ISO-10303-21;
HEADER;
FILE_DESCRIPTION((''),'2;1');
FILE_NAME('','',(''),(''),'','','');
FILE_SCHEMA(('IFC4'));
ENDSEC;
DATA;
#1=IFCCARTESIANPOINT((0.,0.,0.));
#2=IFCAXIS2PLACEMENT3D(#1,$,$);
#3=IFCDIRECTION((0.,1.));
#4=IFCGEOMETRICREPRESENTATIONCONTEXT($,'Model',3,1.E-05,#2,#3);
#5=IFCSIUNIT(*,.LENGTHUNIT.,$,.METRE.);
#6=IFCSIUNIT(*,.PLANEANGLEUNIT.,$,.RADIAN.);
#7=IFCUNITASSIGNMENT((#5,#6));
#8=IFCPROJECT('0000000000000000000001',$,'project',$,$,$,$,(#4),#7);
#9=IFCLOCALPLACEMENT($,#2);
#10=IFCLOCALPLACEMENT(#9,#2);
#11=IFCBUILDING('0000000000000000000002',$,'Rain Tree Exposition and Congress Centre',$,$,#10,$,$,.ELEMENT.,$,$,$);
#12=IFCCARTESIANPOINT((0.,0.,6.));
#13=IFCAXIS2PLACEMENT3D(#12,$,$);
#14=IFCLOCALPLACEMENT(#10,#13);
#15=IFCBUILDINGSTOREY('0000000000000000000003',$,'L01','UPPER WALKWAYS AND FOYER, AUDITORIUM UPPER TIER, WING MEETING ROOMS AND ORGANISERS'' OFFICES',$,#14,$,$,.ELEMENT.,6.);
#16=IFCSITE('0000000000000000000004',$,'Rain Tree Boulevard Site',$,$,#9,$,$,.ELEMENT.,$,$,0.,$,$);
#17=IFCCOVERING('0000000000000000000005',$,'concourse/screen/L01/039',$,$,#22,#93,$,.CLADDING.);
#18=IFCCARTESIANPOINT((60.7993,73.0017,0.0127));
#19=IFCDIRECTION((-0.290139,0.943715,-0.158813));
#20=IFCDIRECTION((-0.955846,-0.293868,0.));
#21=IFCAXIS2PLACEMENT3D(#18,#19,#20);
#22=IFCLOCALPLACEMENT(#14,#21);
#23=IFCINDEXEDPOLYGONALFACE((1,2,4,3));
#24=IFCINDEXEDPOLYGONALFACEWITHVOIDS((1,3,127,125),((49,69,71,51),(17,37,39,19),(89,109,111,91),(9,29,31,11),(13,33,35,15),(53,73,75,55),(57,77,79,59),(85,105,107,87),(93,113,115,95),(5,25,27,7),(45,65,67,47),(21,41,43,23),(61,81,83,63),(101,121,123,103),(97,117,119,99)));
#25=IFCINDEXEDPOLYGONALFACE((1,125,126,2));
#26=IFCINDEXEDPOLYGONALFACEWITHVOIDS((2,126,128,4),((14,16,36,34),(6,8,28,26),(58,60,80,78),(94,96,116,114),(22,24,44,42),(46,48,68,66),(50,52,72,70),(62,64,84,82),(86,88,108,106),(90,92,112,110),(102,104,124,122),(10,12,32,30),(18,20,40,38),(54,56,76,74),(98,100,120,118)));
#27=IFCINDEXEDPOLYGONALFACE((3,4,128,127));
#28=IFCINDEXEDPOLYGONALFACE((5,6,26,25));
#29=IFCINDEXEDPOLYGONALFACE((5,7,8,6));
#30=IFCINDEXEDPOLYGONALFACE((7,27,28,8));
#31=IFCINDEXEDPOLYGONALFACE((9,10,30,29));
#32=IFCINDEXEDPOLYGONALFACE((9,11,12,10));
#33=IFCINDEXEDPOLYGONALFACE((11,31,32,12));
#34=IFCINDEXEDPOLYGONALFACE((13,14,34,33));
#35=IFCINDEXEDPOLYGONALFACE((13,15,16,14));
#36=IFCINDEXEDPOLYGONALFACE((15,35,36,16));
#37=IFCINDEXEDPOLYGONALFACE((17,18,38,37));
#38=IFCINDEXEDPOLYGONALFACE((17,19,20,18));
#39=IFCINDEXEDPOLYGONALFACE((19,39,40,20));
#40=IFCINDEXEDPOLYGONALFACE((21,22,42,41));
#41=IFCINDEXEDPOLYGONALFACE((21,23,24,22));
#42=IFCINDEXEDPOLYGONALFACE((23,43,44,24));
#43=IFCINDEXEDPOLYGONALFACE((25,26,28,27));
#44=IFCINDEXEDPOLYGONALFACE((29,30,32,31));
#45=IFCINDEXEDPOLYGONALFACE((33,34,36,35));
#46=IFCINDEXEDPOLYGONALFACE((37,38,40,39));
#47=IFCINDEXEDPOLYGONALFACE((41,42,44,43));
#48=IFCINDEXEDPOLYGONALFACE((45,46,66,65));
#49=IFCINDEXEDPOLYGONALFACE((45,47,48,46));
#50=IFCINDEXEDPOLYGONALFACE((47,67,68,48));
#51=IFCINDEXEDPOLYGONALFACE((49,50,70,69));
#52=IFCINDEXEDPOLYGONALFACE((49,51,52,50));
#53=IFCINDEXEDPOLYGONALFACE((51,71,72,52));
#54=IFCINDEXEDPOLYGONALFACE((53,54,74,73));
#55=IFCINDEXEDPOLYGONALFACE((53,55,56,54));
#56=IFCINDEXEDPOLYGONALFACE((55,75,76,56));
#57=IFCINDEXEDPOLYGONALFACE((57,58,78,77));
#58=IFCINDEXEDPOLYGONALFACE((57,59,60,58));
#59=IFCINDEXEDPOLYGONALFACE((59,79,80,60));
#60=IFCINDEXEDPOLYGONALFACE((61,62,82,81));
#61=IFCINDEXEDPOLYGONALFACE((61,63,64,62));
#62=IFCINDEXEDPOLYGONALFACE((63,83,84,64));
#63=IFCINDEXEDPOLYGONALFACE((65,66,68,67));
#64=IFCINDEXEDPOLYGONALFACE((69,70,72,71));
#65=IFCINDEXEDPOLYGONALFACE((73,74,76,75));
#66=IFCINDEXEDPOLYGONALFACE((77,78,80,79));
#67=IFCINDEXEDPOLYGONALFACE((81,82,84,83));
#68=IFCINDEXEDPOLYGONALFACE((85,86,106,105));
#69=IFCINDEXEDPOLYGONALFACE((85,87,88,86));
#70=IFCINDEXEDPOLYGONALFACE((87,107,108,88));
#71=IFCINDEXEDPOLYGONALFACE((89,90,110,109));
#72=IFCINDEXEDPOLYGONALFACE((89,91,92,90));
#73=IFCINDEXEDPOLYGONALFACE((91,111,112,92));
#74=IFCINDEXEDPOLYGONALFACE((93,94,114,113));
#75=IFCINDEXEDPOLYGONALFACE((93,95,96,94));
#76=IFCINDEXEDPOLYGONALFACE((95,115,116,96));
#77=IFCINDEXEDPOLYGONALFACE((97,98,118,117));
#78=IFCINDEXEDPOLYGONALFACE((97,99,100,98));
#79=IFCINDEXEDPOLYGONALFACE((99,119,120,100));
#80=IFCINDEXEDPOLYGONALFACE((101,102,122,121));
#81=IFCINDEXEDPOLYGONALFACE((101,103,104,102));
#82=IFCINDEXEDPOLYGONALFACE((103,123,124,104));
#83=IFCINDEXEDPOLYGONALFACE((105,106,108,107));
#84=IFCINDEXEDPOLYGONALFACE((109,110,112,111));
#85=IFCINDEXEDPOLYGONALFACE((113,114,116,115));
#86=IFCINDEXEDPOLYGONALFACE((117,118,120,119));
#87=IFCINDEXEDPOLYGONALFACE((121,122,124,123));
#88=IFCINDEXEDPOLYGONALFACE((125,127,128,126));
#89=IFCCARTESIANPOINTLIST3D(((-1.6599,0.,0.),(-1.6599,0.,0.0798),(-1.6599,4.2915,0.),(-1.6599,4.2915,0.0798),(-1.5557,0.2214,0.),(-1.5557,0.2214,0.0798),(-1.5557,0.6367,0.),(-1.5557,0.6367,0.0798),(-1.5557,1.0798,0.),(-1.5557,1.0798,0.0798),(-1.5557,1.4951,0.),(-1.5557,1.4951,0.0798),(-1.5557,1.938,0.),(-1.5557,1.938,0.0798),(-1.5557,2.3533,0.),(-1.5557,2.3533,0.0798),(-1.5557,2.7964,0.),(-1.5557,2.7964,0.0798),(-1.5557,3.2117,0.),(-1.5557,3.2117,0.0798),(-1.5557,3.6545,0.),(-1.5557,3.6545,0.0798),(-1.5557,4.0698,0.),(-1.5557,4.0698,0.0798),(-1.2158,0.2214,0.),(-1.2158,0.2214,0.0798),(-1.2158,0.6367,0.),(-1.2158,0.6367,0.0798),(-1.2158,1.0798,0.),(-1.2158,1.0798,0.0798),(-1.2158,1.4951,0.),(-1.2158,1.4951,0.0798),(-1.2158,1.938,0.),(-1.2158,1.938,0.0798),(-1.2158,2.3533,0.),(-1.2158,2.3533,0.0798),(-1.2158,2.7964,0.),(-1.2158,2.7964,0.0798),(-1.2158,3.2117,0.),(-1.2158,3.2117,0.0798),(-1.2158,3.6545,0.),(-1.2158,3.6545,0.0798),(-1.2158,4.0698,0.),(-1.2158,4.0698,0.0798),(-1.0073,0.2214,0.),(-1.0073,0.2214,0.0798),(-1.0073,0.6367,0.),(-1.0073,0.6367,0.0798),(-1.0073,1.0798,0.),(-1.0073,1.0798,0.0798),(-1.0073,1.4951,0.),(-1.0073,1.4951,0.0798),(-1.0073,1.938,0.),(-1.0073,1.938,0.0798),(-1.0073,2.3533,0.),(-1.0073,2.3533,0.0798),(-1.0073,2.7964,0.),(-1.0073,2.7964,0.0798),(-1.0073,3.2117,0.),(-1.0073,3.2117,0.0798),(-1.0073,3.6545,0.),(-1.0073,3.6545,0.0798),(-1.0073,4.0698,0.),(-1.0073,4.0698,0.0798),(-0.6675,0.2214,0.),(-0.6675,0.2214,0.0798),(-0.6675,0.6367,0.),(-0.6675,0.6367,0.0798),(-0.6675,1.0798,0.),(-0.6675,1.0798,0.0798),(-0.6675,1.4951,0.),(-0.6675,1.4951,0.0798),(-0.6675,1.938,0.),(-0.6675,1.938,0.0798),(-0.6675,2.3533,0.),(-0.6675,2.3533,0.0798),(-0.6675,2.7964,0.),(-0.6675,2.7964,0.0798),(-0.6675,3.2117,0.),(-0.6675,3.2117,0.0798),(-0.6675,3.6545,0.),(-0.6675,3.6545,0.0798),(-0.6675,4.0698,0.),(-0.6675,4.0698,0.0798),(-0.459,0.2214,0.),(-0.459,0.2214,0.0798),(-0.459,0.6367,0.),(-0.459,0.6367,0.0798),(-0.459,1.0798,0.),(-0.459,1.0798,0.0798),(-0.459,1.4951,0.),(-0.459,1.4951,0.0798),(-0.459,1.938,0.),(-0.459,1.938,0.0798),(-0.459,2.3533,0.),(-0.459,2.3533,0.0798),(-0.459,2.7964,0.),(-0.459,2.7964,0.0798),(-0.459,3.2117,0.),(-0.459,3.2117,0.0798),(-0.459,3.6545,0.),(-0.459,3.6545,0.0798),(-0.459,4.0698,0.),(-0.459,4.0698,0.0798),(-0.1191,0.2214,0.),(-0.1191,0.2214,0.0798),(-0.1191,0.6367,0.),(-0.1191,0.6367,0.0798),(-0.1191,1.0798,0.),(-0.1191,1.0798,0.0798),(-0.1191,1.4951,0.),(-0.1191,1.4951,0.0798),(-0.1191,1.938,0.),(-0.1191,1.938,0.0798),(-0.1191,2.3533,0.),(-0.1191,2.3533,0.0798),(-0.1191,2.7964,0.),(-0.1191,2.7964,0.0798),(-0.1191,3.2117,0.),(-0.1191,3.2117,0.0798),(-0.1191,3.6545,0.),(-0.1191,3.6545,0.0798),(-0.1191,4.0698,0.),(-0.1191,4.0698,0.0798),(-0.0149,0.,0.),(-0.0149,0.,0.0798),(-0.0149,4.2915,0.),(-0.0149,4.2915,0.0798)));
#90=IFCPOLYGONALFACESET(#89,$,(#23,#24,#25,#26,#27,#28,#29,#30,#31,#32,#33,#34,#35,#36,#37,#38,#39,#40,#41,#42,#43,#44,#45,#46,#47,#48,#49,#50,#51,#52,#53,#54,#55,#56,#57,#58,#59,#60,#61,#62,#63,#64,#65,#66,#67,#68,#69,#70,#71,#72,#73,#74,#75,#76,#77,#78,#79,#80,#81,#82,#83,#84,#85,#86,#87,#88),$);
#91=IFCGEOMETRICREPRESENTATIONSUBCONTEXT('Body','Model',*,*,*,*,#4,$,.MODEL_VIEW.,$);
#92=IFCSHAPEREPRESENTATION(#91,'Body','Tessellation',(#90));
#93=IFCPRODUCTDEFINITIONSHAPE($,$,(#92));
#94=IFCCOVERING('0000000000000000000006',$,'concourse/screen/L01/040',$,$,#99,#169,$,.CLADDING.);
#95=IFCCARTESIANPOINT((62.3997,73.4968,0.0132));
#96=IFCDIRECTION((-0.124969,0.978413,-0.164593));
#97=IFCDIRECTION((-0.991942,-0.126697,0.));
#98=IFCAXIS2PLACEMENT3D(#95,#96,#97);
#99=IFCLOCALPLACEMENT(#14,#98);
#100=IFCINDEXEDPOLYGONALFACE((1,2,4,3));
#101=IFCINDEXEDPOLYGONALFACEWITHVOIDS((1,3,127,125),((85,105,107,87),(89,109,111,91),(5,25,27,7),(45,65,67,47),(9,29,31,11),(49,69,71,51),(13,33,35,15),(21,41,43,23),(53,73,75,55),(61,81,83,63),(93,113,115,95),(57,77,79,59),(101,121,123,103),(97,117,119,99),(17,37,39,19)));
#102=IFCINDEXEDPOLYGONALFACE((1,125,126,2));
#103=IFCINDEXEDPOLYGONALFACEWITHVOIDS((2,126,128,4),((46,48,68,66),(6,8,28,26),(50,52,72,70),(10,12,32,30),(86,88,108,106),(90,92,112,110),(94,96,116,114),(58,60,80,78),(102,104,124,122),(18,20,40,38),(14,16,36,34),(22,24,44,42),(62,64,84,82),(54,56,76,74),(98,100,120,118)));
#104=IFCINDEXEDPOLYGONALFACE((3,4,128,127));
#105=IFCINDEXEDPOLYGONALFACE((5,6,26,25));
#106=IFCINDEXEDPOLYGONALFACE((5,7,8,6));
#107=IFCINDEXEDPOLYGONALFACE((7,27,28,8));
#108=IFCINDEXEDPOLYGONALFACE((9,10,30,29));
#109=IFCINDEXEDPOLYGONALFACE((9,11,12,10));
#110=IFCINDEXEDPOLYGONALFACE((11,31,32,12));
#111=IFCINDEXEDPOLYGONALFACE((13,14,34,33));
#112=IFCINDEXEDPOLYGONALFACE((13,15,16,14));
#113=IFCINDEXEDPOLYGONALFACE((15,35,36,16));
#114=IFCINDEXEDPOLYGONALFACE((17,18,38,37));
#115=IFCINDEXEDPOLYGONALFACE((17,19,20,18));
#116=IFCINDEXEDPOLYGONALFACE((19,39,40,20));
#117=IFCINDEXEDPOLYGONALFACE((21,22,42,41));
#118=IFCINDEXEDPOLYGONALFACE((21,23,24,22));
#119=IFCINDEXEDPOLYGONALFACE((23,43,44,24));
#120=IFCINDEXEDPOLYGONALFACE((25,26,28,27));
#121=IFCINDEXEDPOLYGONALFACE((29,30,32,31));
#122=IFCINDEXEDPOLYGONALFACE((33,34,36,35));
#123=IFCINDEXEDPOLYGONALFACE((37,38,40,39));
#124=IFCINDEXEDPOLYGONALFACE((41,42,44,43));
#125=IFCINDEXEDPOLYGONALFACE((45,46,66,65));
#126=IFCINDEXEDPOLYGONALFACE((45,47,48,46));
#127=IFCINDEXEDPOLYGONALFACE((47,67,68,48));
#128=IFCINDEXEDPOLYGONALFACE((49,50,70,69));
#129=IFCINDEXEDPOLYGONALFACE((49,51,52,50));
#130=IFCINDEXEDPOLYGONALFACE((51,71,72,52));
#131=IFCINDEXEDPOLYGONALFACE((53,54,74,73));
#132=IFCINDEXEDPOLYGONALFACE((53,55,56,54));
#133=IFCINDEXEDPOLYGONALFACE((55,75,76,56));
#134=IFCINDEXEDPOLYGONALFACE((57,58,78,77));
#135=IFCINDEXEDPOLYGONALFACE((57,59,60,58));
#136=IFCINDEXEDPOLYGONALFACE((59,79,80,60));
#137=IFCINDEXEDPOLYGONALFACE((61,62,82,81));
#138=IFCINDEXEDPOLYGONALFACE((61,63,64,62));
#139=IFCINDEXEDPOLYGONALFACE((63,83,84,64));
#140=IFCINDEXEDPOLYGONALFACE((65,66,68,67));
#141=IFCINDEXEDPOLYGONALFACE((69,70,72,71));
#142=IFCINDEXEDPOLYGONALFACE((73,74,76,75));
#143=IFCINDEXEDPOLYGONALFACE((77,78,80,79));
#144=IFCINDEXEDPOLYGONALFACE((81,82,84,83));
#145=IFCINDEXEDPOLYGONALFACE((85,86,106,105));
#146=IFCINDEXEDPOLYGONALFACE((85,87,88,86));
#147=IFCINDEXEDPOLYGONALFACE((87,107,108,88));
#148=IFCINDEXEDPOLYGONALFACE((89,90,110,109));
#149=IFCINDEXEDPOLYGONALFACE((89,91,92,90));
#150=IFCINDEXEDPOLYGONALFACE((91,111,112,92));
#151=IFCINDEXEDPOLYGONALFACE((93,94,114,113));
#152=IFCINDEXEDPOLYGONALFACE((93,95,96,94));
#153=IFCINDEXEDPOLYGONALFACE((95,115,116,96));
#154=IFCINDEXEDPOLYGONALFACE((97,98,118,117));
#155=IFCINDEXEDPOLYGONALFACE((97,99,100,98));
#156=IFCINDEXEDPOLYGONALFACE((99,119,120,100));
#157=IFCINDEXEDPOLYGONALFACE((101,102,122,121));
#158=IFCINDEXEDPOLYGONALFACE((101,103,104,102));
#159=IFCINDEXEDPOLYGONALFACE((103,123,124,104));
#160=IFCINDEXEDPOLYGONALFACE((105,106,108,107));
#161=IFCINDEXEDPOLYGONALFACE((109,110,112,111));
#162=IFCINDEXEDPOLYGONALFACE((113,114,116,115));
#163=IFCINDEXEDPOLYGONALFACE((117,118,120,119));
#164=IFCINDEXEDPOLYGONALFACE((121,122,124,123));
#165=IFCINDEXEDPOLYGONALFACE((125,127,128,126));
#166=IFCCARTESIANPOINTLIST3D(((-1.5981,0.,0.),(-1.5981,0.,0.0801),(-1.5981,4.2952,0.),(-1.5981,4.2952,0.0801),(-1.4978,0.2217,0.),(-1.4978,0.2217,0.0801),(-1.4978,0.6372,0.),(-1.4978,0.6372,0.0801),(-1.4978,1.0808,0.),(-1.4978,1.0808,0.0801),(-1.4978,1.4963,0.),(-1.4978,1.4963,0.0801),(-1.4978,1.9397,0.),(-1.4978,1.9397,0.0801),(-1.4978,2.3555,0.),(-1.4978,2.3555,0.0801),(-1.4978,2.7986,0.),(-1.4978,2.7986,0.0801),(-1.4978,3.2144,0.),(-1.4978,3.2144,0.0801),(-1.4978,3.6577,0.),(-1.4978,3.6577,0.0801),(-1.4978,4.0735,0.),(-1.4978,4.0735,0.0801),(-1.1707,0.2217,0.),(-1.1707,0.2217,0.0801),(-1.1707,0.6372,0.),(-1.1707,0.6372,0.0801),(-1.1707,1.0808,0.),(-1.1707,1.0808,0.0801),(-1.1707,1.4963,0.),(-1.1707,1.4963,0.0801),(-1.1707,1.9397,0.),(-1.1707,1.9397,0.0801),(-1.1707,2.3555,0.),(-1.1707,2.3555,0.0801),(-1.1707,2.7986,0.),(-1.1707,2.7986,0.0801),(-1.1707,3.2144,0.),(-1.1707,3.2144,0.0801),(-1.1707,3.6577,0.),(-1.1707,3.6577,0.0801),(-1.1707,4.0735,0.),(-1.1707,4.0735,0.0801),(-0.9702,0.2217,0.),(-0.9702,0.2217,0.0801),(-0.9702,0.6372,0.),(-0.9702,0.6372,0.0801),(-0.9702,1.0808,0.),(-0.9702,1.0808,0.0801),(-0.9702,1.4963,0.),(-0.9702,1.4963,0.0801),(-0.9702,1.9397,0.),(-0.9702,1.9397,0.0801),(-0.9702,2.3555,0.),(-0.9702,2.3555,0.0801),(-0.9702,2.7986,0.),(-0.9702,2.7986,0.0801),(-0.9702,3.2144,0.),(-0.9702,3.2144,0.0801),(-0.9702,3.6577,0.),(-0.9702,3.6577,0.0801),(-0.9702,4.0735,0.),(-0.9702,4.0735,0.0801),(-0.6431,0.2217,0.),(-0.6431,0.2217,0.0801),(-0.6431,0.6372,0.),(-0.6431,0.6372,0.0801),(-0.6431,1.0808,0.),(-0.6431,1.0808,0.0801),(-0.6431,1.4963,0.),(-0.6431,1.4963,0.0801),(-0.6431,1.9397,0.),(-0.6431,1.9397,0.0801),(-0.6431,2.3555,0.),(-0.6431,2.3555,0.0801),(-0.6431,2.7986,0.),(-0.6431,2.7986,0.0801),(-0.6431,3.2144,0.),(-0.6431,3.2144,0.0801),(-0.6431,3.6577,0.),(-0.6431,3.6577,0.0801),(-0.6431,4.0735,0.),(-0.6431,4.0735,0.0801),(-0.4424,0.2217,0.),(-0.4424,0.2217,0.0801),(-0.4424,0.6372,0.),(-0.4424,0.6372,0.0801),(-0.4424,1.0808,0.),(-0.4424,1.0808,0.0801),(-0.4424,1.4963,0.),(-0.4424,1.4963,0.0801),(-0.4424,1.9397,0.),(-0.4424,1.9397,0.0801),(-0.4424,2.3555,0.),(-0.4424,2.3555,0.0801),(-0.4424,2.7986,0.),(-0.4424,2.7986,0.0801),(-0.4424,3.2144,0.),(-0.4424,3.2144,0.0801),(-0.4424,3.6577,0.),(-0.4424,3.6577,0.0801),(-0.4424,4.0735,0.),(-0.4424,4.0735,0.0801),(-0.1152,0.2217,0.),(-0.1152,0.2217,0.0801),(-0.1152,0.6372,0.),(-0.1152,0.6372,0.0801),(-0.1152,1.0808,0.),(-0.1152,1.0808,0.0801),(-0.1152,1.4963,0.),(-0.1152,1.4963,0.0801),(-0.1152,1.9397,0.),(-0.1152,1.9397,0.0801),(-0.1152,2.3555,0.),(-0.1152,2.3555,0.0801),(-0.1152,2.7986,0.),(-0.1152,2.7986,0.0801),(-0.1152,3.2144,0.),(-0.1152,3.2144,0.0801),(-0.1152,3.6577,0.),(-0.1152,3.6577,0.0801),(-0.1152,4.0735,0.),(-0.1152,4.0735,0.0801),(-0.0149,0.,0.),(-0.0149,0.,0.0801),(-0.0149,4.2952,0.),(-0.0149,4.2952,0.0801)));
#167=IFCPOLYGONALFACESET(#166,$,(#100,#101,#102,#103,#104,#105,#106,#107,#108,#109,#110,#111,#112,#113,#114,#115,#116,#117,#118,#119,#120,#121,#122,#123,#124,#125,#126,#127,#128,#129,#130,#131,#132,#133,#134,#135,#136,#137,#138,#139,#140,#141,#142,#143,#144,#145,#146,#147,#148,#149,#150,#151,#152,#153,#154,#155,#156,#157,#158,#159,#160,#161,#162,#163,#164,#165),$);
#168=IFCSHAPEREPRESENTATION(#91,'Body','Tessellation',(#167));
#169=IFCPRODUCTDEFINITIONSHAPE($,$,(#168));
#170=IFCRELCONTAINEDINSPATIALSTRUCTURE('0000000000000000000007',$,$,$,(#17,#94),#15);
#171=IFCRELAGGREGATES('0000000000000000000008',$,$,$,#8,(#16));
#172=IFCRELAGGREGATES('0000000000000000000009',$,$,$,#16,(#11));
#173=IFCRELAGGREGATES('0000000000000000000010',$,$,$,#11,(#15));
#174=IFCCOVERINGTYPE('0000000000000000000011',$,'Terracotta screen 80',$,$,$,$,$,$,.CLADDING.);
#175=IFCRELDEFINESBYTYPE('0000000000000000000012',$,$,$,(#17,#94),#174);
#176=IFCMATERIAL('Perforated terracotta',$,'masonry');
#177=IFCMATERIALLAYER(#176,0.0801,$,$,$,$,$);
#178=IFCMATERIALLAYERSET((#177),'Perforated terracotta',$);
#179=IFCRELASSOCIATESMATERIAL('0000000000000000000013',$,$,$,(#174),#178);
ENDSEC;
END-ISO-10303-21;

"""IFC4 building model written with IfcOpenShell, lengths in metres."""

from ifc_helpers import new_model, si_unit, direction, frame, origin, place, context, subcontext, project, spatial, polyline, outline, extrude, material, layer, layer_set, type_object, element, save


model = new_model("IFC4")

# Units and contexts
model_context = context("Model", 3, precision=1e-05, world=origin(), true_north=direction((0.0, 1.0)))
body_context = subcontext(model_context, "Body", "Model", "MODEL_VIEW")
ifc_project = project(units=[si_unit("LENGTHUNIT", "METRE"), si_unit("PLANEANGLEUNIT", "RADIAN")], contexts=[model_context])

# Site, building, storey
site_placement = place(None, origin())
site = spatial("IfcSite", under=ifc_project, at=site_placement, Name="Rain Tree Boulevard Site", CompositionType="ELEMENT", RefElevation=0.0)
building_placement = place(site_placement, origin())
building = spatial("IfcBuilding", under=site, at=building_placement, Name="Rain Tree Exposition and Congress Centre", CompositionType="ELEMENT")
storey_placement = place(building_placement, frame((0.0, 0.0, 6.0)))
storey = spatial("IfcBuildingStorey", under=building, at=storey_placement, Name="L01", Description="UPPER WALKWAYS AND FOYER, AUDITORIUM UPPER TIER, WING MEETING ROOMS AND ORGANISERS' OFFICES", CompositionType="ELEMENT", Elevation=6.0)

# Coverings
ifc_material_1 = material(Name="Perforated terracotta", Category="masonry")
ifc_layer = layer(ifc_material_1, 0.0801)
ifc_layer_set = layer_set([ifc_layer], Name="Perforated terracotta")
covering_type = type_object("IfcCoveringType", Name="Terracotta screen 80", PredefinedType="CLADDING", material=ifc_layer_set)
covering_1_placement = place(storey_placement, frame((60.7993, 73.0017, 0.0127), z_axis=(-0.290139, 0.943715, -0.158813), x_axis=(-0.955846, -0.293868, 0.0)))
element("IfcCovering", 1, at=covering_1_placement, inside=storey, type_object=covering_type, Name="concourse/screen/L01/039", PredefinedType="CLADDING", context=body_context, shape_type="SweptSolid", body=[
    extrude(outline(polyline([(-1.6599, 0.0), (-1.6599, 4.2915), (-0.0149, 4.2915), (-0.0149, 0.0), (-1.6599, 0.0)]), holes=[polyline([(-0.1191, 0.2214), (-0.1191, 0.6367), (-0.459, 0.6367), (-0.459, 0.2214), (-0.1191, 0.2214)]), polyline([(-0.1191, 1.0798), (-0.1191, 1.4951), (-0.459, 1.4951), (-0.459, 1.0798), (-0.1191, 1.0798)]), polyline([(-0.1191, 1.938), (-0.1191, 2.3533), (-0.459, 2.3533), (-0.459, 1.938), (-0.1191, 1.938)]), polyline([(-0.1191, 2.7964), (-0.1191, 3.2117), (-0.459, 3.2117), (-0.459, 2.7964), (-0.1191, 2.7964)]), polyline([(-0.1191, 3.6545), (-0.1191, 4.0698), (-0.459, 4.0698), (-0.459, 3.6545), (-0.1191, 3.6545)]), polyline([(-0.6675, 0.2214), (-0.6675, 0.6367), (-1.0073, 0.6367), (-1.0073, 0.2214), (-0.6675, 0.2214)]), polyline([(-0.6675, 1.0798), (-0.6675, 1.4951), (-1.0073, 1.4951), (-1.0073, 1.0798), (-0.6675, 1.0798)]), polyline([(-0.6675, 1.938), (-0.6675, 2.3533), (-1.0073, 2.3533), (-1.0073, 1.938), (-0.6675, 1.938)]), polyline([(-0.6675, 2.7964), (-0.6675, 3.2117), (-1.0073, 3.2117), (-1.0073, 2.7964), (-0.6675, 2.7964)]), polyline([(-0.6675, 3.6545), (-0.6675, 4.0698), (-1.0073, 4.0698), (-1.0073, 3.6545), (-0.6675, 3.6545)]), polyline([(-1.2158, 0.2214), (-1.2158, 0.6367), (-1.5557, 0.6367), (-1.5557, 0.2214), (-1.2158, 0.2214)]), polyline([(-1.2158, 1.0798), (-1.2158, 1.4951), (-1.5557, 1.4951), (-1.5557, 1.0798), (-1.2158, 1.0798)]), polyline([(-1.2158, 1.938), (-1.2158, 2.3533), (-1.5557, 2.3533), (-1.5557, 1.938), (-1.2158, 1.938)]), polyline([(-1.2158, 2.7964), (-1.2158, 3.2117), (-1.5557, 3.2117), (-1.5557, 2.7964), (-1.2158, 2.7964)]), polyline([(-1.2158, 3.6545), (-1.2158, 4.0698), (-1.5557, 4.0698), (-1.5557, 3.6545), (-1.2158, 3.6545)])]), origin(), (0.0, 0.0, 1.0), 0.0798),
])
covering_2_placement = place(storey_placement, frame((62.3997, 73.4968, 0.0132), z_axis=(-0.124969, 0.978413, -0.164593), x_axis=(-0.991942, -0.126697, 0.0)))
element("IfcCovering", 2, at=covering_2_placement, inside=storey, type_object=covering_type, Name="concourse/screen/L01/040", PredefinedType="CLADDING", context=body_context, shape_type="SweptSolid", body=[
    extrude(outline(polyline([(-1.5981, 0.0), (-1.5981, 4.2952), (-0.0149, 4.2952), (-0.0149, 0.0), (-1.5981, 0.0)]), holes=[polyline([(-0.1152, 0.2217), (-0.1152, 0.6372), (-0.4424, 0.6372), (-0.4424, 0.2217), (-0.1152, 0.2217)]), polyline([(-0.1152, 1.0808), (-0.1152, 1.4963), (-0.4424, 1.4963), (-0.4424, 1.0808), (-0.1152, 1.0808)]), polyline([(-0.1152, 1.9397), (-0.1152, 2.3555), (-0.4424, 2.3555), (-0.4424, 1.9397), (-0.1152, 1.9397)]), polyline([(-0.1152, 2.7986), (-0.1152, 3.2144), (-0.4424, 3.2144), (-0.4424, 2.7986), (-0.1152, 2.7986)]), polyline([(-0.1152, 3.6577), (-0.1152, 4.0735), (-0.4424, 4.0735), (-0.4424, 3.6577), (-0.1152, 3.6577)]), polyline([(-0.6431, 0.2217), (-0.6431, 0.6372), (-0.9702, 0.6372), (-0.9702, 0.2217), (-0.6431, 0.2217)]), polyline([(-0.6431, 1.0808), (-0.6431, 1.4963), (-0.9702, 1.4963), (-0.9702, 1.0808), (-0.6431, 1.0808)]), polyline([(-0.6431, 1.9397), (-0.6431, 2.3555), (-0.9702, 2.3555), (-0.9702, 1.9397), (-0.6431, 1.9397)]), polyline([(-0.6431, 2.7986), (-0.6431, 3.2144), (-0.9702, 3.2144), (-0.9702, 2.7986), (-0.6431, 2.7986)]), polyline([(-0.6431, 3.6577), (-0.6431, 4.0735), (-0.9702, 4.0735), (-0.9702, 3.6577), (-0.6431, 3.6577)]), polyline([(-1.1707, 0.2217), (-1.1707, 0.6372), (-1.4978, 0.6372), (-1.4978, 0.2217), (-1.1707, 0.2217)]), polyline([(-1.1707, 1.0808), (-1.1707, 1.4963), (-1.4978, 1.4963), (-1.4978, 1.0808), (-1.1707, 1.0808)]), polyline([(-1.1707, 1.9397), (-1.1707, 2.3555), (-1.4978, 2.3555), (-1.4978, 1.9397), (-1.1707, 1.9397)]), polyline([(-1.1707, 2.7986), (-1.1707, 3.2144), (-1.4978, 3.2144), (-1.4978, 2.7986), (-1.1707, 2.7986)]), polyline([(-1.1707, 3.6577), (-1.1707, 4.0735), (-1.4978, 4.0735), (-1.4978, 3.6577), (-1.1707, 3.6577)])]), origin(), (0.0, 0.0, 1.0), 0.0801),
])

save(model, "model.ifc")
